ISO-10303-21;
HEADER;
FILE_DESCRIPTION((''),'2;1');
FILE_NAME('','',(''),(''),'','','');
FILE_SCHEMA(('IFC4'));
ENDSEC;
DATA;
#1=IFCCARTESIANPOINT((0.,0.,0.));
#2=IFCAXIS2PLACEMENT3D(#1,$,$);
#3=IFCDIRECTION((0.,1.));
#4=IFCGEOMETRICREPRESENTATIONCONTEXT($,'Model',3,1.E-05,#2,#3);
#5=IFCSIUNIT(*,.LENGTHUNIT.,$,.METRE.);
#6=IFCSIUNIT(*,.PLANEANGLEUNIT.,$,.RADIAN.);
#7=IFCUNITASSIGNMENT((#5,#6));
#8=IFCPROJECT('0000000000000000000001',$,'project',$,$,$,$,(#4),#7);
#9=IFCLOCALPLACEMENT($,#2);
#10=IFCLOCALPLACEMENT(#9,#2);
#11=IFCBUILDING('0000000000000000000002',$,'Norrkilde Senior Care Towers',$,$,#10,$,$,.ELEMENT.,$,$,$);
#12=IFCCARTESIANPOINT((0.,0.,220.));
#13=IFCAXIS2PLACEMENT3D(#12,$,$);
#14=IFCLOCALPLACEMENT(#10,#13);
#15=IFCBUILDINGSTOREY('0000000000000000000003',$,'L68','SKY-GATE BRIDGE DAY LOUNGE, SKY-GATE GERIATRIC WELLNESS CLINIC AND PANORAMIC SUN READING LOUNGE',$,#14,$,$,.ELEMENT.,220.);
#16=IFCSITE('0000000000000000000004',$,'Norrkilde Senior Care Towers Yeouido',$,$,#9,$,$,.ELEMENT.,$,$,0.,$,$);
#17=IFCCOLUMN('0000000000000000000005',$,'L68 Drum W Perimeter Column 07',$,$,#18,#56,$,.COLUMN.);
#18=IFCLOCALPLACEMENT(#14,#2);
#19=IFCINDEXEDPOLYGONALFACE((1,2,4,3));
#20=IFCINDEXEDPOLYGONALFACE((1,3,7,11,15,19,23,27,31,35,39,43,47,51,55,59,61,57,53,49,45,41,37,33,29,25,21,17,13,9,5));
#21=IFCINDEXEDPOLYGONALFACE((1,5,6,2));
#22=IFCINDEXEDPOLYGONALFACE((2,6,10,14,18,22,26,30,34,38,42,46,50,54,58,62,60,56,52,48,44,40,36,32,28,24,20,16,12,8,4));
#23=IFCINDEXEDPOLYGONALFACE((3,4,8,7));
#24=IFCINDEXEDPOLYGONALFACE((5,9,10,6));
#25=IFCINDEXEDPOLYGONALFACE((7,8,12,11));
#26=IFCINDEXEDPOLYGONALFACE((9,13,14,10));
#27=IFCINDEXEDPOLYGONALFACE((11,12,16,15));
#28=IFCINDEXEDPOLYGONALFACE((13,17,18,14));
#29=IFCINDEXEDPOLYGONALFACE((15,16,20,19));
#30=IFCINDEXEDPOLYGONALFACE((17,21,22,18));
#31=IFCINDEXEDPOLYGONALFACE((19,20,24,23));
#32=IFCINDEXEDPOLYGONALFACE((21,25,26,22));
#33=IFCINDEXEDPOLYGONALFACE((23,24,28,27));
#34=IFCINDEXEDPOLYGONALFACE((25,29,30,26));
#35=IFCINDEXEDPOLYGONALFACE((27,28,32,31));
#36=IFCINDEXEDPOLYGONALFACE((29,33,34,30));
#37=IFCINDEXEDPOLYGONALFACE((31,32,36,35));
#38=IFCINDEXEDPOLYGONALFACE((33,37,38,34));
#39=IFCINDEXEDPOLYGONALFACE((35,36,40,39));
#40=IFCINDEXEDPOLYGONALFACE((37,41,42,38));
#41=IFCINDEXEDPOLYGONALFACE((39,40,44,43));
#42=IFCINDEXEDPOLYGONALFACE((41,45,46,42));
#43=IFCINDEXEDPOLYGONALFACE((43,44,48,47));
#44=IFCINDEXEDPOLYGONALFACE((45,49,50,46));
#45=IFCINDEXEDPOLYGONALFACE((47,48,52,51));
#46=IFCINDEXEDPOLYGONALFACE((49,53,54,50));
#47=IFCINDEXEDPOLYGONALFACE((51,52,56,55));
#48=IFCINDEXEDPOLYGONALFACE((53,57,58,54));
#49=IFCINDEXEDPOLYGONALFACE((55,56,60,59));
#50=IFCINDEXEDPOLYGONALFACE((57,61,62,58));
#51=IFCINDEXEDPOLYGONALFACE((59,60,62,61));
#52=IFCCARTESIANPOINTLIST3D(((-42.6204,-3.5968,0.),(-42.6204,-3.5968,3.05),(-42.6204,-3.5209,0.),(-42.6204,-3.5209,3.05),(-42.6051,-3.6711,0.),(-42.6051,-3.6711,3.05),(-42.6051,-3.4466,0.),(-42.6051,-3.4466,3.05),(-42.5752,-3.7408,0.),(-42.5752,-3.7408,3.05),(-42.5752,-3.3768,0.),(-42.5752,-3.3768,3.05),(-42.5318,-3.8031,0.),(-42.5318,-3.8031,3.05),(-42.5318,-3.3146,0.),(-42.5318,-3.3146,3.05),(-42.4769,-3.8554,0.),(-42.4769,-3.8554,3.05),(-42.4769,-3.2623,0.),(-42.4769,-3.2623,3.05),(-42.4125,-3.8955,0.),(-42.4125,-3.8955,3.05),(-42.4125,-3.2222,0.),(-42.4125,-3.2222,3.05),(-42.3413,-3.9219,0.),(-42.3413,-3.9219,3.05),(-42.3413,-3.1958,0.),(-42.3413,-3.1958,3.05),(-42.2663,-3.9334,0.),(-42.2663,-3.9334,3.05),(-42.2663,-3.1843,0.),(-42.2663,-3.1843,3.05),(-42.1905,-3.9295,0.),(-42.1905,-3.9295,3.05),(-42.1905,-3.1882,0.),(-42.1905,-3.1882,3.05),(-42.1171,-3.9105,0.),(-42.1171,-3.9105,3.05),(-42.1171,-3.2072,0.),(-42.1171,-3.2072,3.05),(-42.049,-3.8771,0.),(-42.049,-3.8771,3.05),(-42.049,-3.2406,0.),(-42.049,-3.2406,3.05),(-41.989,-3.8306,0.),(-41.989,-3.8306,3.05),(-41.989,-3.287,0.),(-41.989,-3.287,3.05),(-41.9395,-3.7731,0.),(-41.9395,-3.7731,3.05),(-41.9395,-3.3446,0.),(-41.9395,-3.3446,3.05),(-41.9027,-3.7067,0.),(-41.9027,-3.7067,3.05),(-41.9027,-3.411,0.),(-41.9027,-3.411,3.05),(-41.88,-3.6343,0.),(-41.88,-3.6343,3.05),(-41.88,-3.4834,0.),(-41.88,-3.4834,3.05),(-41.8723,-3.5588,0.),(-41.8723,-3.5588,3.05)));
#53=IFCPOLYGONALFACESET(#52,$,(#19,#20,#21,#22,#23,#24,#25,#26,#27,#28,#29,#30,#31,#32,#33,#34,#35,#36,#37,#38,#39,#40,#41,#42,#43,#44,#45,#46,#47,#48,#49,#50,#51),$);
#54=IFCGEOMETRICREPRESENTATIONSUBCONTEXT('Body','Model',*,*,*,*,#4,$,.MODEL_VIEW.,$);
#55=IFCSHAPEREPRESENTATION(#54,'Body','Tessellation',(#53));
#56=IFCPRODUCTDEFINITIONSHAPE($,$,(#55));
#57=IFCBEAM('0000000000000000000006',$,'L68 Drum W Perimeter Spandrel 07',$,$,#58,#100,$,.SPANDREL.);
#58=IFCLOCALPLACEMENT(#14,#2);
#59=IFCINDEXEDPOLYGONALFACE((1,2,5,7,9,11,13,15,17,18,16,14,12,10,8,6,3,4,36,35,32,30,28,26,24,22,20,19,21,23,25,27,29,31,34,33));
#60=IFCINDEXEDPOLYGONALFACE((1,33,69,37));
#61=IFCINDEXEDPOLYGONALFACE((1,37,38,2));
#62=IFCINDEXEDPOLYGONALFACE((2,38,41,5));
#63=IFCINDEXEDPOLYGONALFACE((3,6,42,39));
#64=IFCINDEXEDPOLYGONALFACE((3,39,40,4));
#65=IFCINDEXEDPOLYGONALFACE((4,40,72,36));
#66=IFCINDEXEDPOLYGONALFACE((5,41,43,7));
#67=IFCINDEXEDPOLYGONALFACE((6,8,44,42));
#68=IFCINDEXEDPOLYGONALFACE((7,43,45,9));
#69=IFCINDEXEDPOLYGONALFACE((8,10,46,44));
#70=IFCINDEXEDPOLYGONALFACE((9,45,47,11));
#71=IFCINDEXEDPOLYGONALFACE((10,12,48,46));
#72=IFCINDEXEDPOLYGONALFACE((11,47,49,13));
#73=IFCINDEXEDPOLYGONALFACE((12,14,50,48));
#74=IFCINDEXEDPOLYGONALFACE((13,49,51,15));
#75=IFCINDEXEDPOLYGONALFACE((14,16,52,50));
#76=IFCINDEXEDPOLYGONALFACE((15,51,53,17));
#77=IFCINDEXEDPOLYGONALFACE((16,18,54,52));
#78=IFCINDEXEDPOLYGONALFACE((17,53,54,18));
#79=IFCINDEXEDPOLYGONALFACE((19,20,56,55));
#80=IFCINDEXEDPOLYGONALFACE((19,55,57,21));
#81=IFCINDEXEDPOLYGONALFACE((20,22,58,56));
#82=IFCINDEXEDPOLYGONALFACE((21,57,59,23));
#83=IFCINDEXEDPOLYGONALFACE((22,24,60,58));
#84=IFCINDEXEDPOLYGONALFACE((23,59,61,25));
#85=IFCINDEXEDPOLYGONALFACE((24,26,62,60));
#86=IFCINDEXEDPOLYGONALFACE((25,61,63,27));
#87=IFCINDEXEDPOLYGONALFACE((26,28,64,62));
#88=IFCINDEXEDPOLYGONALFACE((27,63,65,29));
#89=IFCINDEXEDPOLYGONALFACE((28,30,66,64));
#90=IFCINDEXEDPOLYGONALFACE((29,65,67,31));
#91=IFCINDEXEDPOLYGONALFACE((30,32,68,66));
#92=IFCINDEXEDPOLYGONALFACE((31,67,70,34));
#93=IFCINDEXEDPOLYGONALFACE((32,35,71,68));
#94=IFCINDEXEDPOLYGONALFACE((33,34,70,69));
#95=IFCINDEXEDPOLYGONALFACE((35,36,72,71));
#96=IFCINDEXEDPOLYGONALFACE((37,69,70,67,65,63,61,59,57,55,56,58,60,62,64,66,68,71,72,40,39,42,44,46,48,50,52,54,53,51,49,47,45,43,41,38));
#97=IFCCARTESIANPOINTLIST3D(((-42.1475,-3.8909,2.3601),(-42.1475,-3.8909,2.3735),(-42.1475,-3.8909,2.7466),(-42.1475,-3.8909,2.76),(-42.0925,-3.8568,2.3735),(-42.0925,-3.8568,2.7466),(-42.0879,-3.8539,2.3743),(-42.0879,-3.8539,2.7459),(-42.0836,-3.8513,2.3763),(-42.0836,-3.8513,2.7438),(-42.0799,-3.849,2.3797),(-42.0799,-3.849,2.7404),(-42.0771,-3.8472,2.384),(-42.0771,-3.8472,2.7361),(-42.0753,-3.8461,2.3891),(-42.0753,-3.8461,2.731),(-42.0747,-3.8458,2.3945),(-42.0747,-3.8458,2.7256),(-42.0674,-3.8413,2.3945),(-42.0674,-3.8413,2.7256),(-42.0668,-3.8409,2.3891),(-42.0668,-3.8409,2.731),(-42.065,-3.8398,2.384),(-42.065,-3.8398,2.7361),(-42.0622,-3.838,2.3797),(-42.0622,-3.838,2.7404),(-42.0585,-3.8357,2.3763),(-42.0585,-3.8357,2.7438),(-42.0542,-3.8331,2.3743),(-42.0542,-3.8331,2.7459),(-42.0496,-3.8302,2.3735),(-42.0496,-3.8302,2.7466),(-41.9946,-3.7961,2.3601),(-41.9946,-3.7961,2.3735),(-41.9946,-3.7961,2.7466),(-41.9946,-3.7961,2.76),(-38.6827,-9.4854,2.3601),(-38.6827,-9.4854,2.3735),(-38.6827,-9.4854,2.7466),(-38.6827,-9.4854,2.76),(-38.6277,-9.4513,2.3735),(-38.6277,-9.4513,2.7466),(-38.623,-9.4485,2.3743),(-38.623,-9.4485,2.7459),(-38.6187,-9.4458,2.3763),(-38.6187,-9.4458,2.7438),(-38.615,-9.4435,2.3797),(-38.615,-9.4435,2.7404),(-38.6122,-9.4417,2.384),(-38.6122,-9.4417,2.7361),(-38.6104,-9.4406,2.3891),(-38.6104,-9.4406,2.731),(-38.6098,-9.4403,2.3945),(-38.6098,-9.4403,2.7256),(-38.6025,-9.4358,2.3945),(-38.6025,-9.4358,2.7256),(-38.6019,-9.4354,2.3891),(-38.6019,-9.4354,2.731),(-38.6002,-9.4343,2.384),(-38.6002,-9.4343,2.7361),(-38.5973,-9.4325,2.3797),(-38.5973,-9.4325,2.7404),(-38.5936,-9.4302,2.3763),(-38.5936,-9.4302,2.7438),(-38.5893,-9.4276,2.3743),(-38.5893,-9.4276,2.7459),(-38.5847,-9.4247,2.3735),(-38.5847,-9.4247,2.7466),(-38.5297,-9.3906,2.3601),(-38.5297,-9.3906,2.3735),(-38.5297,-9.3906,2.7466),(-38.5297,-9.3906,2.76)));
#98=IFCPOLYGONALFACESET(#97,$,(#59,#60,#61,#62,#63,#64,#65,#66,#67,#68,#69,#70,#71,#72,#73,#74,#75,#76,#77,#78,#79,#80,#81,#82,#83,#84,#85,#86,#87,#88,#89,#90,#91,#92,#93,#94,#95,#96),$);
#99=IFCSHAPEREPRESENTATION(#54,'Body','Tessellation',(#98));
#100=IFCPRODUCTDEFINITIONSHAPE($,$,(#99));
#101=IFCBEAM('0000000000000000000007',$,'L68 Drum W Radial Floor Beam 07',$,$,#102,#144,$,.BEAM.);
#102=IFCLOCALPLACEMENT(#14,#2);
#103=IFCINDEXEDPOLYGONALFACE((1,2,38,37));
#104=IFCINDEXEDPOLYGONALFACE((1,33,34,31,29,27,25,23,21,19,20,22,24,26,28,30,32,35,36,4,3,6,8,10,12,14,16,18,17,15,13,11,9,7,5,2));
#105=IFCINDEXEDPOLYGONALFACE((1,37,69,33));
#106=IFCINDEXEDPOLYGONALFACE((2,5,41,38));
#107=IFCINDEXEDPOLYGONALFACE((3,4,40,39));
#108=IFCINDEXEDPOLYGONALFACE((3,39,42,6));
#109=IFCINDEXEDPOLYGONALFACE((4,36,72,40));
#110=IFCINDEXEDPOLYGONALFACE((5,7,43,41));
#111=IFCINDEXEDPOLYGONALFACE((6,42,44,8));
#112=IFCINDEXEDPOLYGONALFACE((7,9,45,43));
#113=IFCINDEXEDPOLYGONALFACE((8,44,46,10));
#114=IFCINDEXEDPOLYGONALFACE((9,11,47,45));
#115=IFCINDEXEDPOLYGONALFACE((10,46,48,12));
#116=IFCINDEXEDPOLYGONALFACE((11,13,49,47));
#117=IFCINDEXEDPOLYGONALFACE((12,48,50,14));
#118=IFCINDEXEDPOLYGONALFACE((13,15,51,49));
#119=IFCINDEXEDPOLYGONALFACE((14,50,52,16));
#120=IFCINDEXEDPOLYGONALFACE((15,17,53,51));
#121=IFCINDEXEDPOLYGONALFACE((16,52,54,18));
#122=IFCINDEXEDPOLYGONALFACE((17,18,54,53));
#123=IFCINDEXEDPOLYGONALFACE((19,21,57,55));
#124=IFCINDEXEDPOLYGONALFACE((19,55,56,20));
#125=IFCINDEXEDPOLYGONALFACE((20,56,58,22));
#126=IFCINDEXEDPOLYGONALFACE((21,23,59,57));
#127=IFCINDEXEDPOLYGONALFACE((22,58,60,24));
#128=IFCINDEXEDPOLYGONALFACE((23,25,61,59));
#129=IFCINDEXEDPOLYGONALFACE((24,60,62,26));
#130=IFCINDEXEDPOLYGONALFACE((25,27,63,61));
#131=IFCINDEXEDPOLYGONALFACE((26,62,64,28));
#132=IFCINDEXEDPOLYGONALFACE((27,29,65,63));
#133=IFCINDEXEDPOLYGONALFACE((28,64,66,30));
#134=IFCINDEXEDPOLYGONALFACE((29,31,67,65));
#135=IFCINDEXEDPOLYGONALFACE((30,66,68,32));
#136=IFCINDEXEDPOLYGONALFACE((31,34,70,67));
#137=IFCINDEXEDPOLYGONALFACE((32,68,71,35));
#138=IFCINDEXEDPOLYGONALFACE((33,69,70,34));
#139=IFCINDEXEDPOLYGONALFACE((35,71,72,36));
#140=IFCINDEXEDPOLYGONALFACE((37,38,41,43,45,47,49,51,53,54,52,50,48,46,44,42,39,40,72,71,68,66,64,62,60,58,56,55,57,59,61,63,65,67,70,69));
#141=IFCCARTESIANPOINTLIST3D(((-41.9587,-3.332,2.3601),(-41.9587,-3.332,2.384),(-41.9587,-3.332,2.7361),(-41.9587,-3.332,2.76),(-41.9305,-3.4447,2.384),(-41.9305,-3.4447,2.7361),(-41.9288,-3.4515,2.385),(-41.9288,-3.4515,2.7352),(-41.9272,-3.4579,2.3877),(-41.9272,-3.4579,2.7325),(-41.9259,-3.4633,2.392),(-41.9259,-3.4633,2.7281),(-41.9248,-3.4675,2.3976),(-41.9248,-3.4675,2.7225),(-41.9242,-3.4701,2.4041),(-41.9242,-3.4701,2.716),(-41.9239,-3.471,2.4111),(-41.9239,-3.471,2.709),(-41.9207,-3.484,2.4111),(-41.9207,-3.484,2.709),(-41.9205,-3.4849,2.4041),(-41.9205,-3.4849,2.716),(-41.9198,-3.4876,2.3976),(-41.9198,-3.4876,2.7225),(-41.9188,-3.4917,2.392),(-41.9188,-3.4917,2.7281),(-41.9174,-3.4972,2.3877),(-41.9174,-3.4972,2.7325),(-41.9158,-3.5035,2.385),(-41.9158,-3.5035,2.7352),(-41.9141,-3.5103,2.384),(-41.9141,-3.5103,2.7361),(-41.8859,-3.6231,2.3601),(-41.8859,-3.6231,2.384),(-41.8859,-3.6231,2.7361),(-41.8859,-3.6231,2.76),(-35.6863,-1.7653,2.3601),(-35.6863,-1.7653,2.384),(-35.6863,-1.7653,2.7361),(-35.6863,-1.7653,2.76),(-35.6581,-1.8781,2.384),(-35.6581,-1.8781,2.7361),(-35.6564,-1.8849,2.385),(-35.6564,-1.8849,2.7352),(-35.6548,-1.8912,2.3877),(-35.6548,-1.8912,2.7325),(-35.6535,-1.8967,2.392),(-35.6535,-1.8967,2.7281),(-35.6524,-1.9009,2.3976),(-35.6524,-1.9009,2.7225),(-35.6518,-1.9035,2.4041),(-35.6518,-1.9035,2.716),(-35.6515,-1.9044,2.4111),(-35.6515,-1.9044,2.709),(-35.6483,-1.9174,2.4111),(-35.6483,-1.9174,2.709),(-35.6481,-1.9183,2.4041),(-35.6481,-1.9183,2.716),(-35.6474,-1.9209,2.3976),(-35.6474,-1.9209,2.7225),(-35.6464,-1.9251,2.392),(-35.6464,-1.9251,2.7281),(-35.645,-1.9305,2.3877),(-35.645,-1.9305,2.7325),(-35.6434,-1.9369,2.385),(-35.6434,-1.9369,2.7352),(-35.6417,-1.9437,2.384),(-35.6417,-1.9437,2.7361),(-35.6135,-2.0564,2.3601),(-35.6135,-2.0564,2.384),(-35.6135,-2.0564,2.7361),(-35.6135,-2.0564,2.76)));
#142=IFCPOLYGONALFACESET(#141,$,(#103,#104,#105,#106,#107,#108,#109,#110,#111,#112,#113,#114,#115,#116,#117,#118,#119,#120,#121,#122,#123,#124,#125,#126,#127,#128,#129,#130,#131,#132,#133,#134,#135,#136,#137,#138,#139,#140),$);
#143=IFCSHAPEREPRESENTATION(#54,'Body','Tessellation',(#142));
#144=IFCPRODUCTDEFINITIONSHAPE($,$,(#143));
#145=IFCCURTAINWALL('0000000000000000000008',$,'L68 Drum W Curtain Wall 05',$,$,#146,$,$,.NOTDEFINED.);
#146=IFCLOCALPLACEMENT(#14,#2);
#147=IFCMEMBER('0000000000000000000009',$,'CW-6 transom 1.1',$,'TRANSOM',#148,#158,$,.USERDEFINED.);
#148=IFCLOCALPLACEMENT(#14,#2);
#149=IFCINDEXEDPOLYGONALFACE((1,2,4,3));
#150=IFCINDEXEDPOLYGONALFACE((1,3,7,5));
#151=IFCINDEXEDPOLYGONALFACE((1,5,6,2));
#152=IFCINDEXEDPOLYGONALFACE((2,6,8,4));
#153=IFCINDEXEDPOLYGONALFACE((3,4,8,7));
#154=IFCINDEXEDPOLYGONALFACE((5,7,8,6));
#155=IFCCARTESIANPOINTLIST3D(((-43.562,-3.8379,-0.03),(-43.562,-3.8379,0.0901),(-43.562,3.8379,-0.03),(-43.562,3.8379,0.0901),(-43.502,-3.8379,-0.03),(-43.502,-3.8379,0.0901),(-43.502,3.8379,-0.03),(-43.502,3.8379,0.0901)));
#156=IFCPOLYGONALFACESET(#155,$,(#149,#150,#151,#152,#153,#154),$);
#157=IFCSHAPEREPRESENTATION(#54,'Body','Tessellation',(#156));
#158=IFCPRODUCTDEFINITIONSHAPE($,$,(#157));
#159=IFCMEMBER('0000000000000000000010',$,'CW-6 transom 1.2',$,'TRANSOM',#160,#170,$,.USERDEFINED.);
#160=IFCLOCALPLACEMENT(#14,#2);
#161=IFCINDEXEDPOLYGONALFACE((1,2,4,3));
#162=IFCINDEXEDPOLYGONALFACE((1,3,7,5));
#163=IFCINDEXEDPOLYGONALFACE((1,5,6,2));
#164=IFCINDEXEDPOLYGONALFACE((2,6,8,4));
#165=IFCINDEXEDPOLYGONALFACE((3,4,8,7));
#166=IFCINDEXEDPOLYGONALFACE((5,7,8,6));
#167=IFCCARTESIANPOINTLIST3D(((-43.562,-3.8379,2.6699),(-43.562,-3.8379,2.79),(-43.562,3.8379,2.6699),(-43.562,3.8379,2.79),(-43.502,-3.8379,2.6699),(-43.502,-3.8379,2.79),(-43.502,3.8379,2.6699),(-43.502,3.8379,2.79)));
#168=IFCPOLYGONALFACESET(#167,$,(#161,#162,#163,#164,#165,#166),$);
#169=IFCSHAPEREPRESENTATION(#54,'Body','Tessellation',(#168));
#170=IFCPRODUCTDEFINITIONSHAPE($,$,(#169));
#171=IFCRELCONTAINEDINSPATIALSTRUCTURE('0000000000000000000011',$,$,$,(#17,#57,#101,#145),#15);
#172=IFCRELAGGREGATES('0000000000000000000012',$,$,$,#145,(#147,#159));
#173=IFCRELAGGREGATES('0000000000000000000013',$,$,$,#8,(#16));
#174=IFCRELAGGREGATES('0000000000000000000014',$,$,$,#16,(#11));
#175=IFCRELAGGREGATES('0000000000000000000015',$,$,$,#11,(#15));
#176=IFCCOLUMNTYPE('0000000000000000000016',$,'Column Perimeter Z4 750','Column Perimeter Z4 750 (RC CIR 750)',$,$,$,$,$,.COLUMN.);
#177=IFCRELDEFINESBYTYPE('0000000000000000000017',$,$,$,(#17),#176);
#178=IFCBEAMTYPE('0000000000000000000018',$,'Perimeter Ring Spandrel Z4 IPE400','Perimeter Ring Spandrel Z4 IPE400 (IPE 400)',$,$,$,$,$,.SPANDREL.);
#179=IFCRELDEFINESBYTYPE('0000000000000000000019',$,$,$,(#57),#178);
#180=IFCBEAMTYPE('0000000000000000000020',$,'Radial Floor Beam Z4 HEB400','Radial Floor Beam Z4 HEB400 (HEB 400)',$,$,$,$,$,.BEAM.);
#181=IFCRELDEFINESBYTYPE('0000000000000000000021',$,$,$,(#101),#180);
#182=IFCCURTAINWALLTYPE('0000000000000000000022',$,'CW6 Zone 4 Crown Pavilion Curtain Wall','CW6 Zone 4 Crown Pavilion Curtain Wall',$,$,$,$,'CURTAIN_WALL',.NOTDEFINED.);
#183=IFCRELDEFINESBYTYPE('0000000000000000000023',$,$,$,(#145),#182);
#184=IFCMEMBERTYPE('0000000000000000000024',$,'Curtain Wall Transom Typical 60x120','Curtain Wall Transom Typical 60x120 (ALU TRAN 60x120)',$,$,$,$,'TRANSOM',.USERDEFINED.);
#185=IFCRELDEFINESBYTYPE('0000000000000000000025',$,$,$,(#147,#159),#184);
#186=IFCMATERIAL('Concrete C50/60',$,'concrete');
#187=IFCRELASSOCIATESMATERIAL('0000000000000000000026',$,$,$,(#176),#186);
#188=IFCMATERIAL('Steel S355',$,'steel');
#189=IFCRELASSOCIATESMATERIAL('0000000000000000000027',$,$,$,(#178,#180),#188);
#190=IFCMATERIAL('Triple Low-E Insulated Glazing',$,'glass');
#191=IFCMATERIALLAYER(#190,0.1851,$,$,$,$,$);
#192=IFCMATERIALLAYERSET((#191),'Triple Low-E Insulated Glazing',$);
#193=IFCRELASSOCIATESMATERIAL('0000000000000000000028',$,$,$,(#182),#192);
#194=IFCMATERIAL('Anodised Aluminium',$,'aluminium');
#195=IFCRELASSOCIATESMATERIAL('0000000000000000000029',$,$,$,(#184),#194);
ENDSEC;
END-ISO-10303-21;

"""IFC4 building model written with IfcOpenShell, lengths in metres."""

from ifc_helpers import new_model, si_unit, direction, frame, origin, origin_2d, place, context, subcontext, project, spatial, rectangle, circle, i_section, extrude, source, transform, mapped, material, layer, layer_set, material_profile, profile_set, type_object, type_shapes, element, aggregate, save


model = new_model("IFC4")

# Units and contexts
model_context = context("Model", 3, precision=1e-05, world=origin(), true_north=direction((0.0, 1.0)))
body_context = subcontext(model_context, "Body", "Model", "MODEL_VIEW")
ifc_project = project(units=[si_unit("LENGTHUNIT", "METRE"), si_unit("PLANEANGLEUNIT", "RADIAN")], contexts=[model_context])

# Site, building, storey
site_placement = place(None, origin())
site = spatial("IfcSite", under=ifc_project, at=site_placement, Name="Norrkilde Senior Care Towers Yeouido", CompositionType="ELEMENT", RefElevation=0.0)
building_placement = place(site_placement, origin())
building = spatial("IfcBuilding", under=site, at=building_placement, Name="Norrkilde Senior Care Towers", CompositionType="ELEMENT")
storey_placement = place(building_placement, frame((0.0, 0.0, 220.0)))
storey = spatial("IfcBuildingStorey", under=building, at=storey_placement, Name="L68", Description="SKY-GATE BRIDGE DAY LOUNGE, SKY-GATE GERIATRIC WELLNESS CLINIC AND PANORAMIC SUN READING LOUNGE", CompositionType="ELEMENT", Elevation=220.0)

# Column
ifc_material_1 = material(Name="Concrete C50/60", Category="concrete")
ifc_material_profile_1 = material_profile(ifc_material_1, circle(Radius=0.375, at=origin_2d()), Name="RC CIR 750")
ifc_profile_set_1 = profile_set([ifc_material_profile_1], Name="Concrete C50/60")
column_type = type_object("IfcColumnType", Name="Column Perimeter Z4 750", Description="Column Perimeter Z4 750 (RC CIR 750)", PredefinedType="COLUMN", material=ifc_profile_set_1)
shared_shape_1 = source(origin(), body_context, "Body", "SweptSolid", [
    extrude(circle(Radius=0.375, at=origin_2d()), origin(), (0.0, 0.0, 1.0), 3.05),
])
type_shapes(column_type, [shared_shape_1])
column_placement = place(storey_placement, frame((-42.2473, -3.5588, 0.0), z_axis=(0.0, 0.0, 1.0), x_axis=(1.0, 0.0, 0.0)))
element("IfcColumn", 1, at=column_placement, inside=storey, type_object=column_type, Name="L68 Drum W Perimeter Column 07", PredefinedType="COLUMN", context=body_context, shape_type="MappedRepresentation", body=[
    mapped(shared_shape_1, transform((0.0, 0.0, 0.0), x_axis=(1.0, 0.0, 0.0), y_axis=(0.0, 1.0, 0.0), z_axis=(0.0, 0.0, 1.0), scale=1.0)),
])

# Beams
ifc_material_2 = material(Name="Steel S355", Category="steel")
ifc_material_profile_2 = material_profile(ifc_material_2, i_section(OverallWidth=0.1799, OverallDepth=0.3999, WebThickness=0.0085, FlangeThickness=0.0134, FilletRadius=0.021, at=origin_2d()), Name="IPE 400")
ifc_profile_set_2 = profile_set([ifc_material_profile_2], Name="Steel S355")
beam_type_1 = type_object("IfcBeamType", Name="Perimeter Ring Spandrel Z4 IPE400", Description="Perimeter Ring Spandrel Z4 IPE400 (IPE 400)", PredefinedType="SPANDREL", material=ifc_profile_set_2)
shared_shape_2 = source(origin(), body_context, "Body", "SweptSolid", [
    extrude(i_section(OverallWidth=0.1799, OverallDepth=0.3999, WebThickness=0.0085, FlangeThickness=0.0134, FilletRadius=0.021, at=origin_2d()), origin(), (0.0, 0.0, 1.0), 6.5806),
])
type_shapes(beam_type_1, [shared_shape_2])
beam_1_placement = place(storey_placement, frame((-42.071, -3.8435, 2.5601), z_axis=(0.52653, -0.850157, 0.0), x_axis=(0.850157, 0.52653, 0.0)))
element("IfcBeam", 2, at=beam_1_placement, inside=storey, type_object=beam_type_1, Name="L68 Drum W Perimeter Spandrel 07", PredefinedType="SPANDREL", context=body_context, shape_type="MappedRepresentation", body=[
    mapped(shared_shape_2, transform((0.0, 0.0, 0.0), x_axis=(1.0, 0.0, 0.0), y_axis=(0.0, 1.0, 0.0), z_axis=(0.0, 0.0, 1.0), scale=1.0)),
])
ifc_material_profile_3 = material_profile(ifc_material_2, i_section(OverallWidth=0.3, OverallDepth=0.3999, WebThickness=0.0134, FlangeThickness=0.0239, FilletRadius=0.0271, at=origin_2d()), Name="HEB 400")
ifc_profile_set_3 = profile_set([ifc_material_profile_3], Name="Steel S355")
beam_type_2 = type_object("IfcBeamType", Name="Radial Floor Beam Z4 HEB400", Description="Radial Floor Beam Z4 HEB400 (HEB 400)", PredefinedType="BEAM", material=ifc_profile_set_3)
shared_shape_3 = source(origin(), body_context, "Body", "SweptSolid", [
    extrude(i_section(OverallWidth=0.3, OverallDepth=0.3999, WebThickness=0.0134, FlangeThickness=0.0239, FilletRadius=0.0271, at=origin_2d()), origin(), (0.0, 0.0, 1.0), 6.4651),
])
type_shapes(beam_type_2, [shared_shape_3])
beam_2_placement = place(storey_placement, frame((-35.6499, -1.9109, 2.5601), z_axis=(-0.970196, -0.242322, 0.0), x_axis=(0.242322, -0.970196, 0.0)))
element("IfcBeam", 3, at=beam_2_placement, inside=storey, type_object=beam_type_2, Name="L68 Drum W Radial Floor Beam 07", PredefinedType="BEAM", context=body_context, shape_type="MappedRepresentation", body=[
    mapped(shared_shape_3, transform((0.0, 0.0, 0.0), x_axis=(1.0, 0.0, 0.0), y_axis=(0.0, 1.0, 0.0), z_axis=(0.0, 0.0, 1.0), scale=1.0)),
])

# Curtain wall, members
ifc_material_3 = material(Name="Triple Low-E Insulated Glazing", Category="glass")
ifc_layer_1 = layer(ifc_material_3, 0.1851)
ifc_layer_set_1 = layer_set([ifc_layer_1], Name="Triple Low-E Insulated Glazing")
curtain_wall_type = type_object("IfcCurtainWallType", Name="CW6 Zone 4 Crown Pavilion Curtain Wall", Description="CW6 Zone 4 Crown Pavilion Curtain Wall", ElementType="CURTAIN_WALL", PredefinedType="NOTDEFINED", material=ifc_layer_set_1)
curtain_wall_placement = place(storey_placement, origin())
curtain_wall = element("IfcCurtainWall", 4, at=curtain_wall_placement, inside=storey, type_object=curtain_wall_type, Name="L68 Drum W Curtain Wall 05", PredefinedType="NOTDEFINED")
ifc_material_4 = material(Name="Anodised Aluminium", Category="aluminium")
ifc_material_profile_4 = material_profile(ifc_material_4, rectangle(XDim=0.0601, YDim=0.1201, at=origin_2d()), Name="ALU TRAN 60x120")
ifc_profile_set_4 = profile_set([ifc_material_profile_4], Name="Anodised Aluminium")
member_type_1 = type_object("IfcMemberType", Name="Curtain Wall Transom Typical 60x120", Description="Curtain Wall Transom Typical 60x120 (ALU TRAN 60x120)", ElementType="TRANSOM", PredefinedType="USERDEFINED", material=ifc_profile_set_4)
shared_shape_4 = source(origin(), body_context, "Body", "SweptSolid", [
    extrude(rectangle(XDim=0.0601, YDim=0.1201, at=origin_2d()), origin(), (0.0, 0.0, 1.0), 7.6758),
])
type_shapes(member_type_1, [shared_shape_4])
member_1_placement = place(storey_placement, frame((-43.532, -3.8379, 0.03), z_axis=(0.0, 1.0, 0.0), x_axis=(-1.0, 0.0, 0.0)))
member_1 = element("IfcMember", 5, at=member_1_placement, type_object=member_type_1, Name="CW-6 transom 1.1", ObjectType="TRANSOM", PredefinedType="USERDEFINED", context=body_context, shape_type="MappedRepresentation", body=[
    mapped(shared_shape_4, transform((0.0, 0.0, 0.0), x_axis=(1.0, 0.0, 0.0), y_axis=(0.0, 1.0, 0.0), z_axis=(0.0, 0.0, 1.0), scale=1.0)),
])
member_2_placement = place(storey_placement, frame((-43.532, -3.8379, 2.73), z_axis=(0.0, 1.0, 0.0), x_axis=(-1.0, 0.0, 0.0)))
member_2 = element("IfcMember", 6, at=member_2_placement, type_object=member_type_1, Name="CW-6 transom 1.2", ObjectType="TRANSOM", PredefinedType="USERDEFINED", context=body_context, shape_type="MappedRepresentation", body=[
    mapped(shared_shape_4, transform((0.0, 0.0, 0.0), x_axis=(1.0, 0.0, 0.0), y_axis=(0.0, 1.0, 0.0), z_axis=(0.0, 0.0, 1.0), scale=1.0)),
])
aggregate(curtain_wall, [member_1, member_2])

save(model, "model.ifc")
